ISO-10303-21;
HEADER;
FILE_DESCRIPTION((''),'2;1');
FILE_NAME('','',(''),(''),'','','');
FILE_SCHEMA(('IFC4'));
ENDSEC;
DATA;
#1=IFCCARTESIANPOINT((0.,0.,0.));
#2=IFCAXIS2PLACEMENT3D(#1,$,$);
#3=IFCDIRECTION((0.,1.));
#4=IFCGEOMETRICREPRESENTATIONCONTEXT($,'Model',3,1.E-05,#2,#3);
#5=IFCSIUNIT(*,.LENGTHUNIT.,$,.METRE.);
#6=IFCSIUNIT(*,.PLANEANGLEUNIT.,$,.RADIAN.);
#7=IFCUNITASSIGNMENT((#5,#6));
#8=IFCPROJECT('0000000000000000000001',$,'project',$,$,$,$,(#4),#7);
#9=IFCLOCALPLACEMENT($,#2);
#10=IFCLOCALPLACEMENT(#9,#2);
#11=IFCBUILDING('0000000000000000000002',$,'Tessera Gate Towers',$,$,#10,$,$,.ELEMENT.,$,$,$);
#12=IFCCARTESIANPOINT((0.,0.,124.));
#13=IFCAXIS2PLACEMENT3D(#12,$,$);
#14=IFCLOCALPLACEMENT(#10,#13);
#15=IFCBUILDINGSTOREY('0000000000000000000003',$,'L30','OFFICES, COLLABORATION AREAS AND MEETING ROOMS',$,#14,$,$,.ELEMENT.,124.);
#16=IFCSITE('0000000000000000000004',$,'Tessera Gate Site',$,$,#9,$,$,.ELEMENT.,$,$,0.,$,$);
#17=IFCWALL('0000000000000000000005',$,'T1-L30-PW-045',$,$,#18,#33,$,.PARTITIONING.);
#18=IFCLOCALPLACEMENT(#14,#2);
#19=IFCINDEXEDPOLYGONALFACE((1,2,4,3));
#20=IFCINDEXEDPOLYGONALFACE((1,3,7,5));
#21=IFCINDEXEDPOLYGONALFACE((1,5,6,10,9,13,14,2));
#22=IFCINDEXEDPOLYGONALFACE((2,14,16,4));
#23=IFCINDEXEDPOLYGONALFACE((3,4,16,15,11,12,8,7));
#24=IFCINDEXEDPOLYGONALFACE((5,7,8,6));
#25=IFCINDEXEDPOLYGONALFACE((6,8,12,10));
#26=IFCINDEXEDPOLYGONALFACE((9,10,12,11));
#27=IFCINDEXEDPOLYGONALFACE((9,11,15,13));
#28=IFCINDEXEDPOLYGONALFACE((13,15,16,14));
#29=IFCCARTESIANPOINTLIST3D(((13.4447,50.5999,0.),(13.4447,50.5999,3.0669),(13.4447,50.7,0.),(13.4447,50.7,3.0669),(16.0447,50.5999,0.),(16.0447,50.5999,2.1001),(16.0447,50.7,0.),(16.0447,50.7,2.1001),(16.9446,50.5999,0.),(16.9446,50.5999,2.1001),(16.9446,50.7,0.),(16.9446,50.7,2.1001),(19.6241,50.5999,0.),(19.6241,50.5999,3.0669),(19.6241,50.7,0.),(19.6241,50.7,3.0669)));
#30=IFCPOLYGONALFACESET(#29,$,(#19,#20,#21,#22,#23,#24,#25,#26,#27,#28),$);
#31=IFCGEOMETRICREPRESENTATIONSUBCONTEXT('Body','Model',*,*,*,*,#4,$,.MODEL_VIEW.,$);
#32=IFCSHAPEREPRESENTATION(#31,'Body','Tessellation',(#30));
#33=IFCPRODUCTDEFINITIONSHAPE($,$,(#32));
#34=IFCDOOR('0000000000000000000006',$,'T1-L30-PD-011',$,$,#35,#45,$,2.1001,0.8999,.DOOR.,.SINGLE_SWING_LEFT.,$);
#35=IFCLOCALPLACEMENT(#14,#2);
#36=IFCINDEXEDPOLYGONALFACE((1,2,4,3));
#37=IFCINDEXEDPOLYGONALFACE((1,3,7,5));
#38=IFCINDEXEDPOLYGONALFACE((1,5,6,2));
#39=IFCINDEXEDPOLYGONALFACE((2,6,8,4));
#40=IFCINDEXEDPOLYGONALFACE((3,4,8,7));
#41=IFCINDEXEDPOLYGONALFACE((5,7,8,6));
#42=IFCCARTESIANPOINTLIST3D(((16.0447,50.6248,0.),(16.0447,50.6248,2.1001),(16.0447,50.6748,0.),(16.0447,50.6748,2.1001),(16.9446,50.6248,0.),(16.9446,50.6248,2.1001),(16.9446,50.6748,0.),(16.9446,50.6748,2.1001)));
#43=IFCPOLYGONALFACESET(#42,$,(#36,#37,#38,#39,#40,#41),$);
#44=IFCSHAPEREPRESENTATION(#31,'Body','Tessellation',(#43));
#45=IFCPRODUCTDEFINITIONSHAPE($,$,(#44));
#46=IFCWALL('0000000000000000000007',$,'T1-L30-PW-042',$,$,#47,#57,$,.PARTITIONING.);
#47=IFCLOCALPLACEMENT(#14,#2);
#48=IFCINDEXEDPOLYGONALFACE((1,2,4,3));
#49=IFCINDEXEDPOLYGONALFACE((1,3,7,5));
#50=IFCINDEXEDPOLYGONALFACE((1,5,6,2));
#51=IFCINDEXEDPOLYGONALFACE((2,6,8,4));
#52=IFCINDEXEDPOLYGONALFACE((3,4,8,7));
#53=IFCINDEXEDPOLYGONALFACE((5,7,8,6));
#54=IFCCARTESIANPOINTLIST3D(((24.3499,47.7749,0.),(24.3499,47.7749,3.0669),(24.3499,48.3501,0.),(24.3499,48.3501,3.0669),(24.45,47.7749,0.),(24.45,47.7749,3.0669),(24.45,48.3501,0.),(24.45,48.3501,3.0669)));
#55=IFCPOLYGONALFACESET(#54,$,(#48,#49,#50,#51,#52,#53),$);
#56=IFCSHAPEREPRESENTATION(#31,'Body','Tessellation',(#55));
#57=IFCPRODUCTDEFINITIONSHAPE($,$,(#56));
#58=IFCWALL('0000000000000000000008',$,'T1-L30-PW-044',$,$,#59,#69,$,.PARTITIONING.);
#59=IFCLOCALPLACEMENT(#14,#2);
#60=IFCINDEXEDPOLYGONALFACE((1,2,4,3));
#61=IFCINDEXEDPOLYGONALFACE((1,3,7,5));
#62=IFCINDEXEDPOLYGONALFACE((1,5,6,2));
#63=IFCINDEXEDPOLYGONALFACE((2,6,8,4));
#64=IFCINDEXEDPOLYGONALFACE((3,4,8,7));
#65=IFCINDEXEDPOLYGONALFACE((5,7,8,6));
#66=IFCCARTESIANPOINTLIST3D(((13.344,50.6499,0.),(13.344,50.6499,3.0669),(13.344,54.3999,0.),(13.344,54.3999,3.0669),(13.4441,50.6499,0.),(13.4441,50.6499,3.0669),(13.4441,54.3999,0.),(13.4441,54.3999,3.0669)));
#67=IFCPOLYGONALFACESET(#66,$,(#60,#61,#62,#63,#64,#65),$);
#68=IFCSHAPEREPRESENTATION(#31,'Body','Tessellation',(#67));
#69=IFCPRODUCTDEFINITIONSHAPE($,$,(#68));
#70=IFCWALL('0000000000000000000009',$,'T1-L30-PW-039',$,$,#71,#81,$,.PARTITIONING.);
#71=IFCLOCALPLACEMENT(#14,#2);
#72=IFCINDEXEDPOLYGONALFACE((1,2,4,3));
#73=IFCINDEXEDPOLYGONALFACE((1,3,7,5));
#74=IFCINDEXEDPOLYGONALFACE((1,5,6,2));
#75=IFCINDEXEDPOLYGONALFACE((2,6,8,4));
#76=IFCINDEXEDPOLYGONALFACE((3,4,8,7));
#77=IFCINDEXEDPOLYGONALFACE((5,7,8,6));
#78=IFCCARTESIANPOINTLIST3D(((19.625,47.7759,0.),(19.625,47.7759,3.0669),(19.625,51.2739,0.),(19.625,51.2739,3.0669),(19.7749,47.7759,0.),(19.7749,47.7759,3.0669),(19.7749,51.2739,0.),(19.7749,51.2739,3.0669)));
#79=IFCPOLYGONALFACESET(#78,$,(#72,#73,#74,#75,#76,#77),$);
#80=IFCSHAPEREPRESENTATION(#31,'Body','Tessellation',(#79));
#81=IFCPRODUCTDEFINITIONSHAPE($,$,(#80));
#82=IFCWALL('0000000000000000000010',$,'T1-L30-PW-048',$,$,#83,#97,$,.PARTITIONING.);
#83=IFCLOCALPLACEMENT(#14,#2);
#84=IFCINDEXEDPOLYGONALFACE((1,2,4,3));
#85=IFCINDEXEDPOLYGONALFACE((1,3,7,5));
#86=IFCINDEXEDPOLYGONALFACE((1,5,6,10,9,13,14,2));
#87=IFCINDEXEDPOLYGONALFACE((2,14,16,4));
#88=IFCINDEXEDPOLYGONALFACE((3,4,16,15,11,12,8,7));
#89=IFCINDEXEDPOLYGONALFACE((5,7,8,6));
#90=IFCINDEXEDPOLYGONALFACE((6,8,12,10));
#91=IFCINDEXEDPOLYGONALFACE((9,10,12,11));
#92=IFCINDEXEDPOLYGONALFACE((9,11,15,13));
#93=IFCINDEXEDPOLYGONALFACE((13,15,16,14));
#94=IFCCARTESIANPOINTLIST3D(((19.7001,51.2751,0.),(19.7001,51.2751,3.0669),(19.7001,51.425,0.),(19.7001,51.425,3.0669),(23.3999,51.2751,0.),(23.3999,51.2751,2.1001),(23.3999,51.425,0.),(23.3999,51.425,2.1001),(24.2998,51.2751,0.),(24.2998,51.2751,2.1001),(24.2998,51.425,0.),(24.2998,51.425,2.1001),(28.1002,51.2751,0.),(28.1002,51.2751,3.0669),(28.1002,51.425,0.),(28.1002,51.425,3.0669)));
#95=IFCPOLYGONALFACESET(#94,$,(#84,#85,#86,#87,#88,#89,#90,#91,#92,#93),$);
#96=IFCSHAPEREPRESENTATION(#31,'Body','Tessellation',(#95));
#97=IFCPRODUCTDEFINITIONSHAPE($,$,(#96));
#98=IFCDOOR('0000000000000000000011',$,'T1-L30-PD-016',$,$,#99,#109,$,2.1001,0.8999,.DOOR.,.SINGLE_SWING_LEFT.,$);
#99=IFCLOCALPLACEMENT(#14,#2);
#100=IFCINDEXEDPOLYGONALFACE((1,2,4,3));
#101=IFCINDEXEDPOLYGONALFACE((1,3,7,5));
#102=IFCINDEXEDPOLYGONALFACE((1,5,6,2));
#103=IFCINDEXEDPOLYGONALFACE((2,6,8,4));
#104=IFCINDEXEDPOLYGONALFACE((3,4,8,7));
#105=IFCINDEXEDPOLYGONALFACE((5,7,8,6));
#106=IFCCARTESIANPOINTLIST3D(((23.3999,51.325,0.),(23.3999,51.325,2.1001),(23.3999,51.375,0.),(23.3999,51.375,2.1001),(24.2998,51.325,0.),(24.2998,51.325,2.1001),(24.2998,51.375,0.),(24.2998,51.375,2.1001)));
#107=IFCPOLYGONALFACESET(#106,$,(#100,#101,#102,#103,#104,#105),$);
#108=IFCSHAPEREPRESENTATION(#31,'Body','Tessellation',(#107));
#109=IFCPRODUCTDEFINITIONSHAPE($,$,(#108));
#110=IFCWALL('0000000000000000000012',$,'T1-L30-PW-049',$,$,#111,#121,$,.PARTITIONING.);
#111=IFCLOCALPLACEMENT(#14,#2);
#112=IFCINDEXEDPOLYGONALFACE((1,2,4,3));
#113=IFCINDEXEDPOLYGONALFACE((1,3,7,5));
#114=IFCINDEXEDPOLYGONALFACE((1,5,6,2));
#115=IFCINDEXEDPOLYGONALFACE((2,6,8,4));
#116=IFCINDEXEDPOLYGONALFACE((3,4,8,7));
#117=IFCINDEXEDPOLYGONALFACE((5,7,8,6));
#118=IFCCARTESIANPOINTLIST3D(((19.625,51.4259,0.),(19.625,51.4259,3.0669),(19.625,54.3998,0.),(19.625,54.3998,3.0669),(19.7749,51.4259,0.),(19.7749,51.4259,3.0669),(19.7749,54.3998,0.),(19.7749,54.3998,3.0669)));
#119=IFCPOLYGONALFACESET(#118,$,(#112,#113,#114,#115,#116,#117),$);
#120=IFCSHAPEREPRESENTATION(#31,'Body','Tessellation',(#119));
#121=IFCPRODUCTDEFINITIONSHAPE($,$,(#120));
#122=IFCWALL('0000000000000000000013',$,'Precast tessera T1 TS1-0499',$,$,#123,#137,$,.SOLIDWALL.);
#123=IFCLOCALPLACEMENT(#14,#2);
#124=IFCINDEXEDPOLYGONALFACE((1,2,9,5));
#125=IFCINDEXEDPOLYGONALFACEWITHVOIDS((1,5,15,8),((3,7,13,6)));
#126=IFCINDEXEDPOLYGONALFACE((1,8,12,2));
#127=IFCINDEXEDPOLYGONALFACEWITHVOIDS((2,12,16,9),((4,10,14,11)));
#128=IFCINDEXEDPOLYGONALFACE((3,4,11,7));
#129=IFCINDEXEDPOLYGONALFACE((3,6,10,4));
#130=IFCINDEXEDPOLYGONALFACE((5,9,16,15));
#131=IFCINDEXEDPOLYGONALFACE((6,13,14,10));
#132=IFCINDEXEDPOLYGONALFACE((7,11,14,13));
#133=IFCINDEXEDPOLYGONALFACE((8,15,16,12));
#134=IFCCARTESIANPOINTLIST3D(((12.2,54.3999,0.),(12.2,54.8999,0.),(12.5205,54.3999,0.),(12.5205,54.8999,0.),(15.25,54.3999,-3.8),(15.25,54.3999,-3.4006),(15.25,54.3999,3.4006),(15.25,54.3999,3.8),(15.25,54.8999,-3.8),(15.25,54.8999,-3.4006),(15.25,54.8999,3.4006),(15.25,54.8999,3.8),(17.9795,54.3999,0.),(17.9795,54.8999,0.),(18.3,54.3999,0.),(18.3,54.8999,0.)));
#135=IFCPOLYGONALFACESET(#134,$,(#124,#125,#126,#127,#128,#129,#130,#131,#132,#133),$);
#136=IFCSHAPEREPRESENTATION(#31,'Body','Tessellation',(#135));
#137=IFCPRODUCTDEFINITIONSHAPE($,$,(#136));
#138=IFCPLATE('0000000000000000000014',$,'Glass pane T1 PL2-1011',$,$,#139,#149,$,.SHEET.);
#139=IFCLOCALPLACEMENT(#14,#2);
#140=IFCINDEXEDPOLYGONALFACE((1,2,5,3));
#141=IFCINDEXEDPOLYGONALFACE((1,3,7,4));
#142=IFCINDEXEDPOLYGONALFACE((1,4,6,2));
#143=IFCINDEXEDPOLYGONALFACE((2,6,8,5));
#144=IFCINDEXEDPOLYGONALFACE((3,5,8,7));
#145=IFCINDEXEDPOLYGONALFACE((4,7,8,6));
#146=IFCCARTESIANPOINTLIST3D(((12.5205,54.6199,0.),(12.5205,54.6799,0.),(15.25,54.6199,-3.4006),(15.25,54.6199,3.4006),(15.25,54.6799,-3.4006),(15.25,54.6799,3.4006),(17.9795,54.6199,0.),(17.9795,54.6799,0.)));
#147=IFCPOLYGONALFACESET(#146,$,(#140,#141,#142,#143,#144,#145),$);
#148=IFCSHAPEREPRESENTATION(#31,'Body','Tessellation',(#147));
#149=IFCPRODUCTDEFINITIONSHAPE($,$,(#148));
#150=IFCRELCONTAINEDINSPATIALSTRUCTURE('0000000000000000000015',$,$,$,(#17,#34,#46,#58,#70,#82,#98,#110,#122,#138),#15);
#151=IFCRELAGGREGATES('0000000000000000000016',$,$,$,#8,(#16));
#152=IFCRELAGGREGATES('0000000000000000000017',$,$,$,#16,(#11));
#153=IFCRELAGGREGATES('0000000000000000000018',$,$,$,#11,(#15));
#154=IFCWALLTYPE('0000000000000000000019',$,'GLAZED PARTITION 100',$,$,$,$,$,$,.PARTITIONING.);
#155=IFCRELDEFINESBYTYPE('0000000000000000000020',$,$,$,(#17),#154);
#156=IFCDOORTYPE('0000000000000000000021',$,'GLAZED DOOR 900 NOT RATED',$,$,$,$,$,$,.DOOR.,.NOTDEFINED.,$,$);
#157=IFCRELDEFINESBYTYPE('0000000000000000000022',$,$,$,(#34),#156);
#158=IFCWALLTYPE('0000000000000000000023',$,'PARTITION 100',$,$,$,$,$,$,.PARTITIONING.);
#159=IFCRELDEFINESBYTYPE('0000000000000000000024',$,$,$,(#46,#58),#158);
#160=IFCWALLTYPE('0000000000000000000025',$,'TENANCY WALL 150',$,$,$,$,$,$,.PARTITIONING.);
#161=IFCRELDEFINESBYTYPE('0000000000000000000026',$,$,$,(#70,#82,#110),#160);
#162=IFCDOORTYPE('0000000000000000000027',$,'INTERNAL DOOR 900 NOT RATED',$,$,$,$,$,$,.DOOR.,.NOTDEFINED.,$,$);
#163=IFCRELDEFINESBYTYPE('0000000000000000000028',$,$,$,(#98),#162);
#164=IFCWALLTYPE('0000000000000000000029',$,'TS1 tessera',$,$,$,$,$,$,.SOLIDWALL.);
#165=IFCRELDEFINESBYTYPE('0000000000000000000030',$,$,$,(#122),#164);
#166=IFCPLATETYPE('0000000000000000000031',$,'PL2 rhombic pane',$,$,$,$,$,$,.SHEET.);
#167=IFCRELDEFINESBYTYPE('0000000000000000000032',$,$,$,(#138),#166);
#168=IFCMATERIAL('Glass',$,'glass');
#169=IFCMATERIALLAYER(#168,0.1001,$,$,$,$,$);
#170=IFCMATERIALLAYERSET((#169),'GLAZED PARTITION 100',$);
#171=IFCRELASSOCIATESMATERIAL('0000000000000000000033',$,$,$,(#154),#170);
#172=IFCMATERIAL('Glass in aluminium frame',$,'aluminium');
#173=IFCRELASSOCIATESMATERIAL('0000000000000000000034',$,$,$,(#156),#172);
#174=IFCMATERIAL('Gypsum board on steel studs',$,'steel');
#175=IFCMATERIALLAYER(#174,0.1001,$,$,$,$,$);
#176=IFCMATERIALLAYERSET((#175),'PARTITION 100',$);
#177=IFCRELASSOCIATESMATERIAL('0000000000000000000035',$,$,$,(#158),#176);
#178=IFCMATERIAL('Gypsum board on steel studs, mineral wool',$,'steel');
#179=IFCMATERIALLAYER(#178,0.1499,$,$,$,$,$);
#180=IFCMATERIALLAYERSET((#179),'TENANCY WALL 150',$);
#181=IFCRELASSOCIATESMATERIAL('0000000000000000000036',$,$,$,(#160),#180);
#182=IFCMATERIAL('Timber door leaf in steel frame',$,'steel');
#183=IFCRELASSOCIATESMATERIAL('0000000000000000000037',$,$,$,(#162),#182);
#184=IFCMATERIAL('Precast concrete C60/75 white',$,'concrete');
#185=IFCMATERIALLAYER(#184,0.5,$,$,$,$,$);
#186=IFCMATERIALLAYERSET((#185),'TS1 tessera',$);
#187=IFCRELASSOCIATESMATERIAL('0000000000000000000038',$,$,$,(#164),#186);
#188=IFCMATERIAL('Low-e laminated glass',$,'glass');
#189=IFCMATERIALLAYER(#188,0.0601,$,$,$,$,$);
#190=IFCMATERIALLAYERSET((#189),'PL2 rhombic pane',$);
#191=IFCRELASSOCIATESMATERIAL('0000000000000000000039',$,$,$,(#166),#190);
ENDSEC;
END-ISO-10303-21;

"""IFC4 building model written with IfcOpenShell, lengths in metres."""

from ifc_helpers import new_model, si_unit, direction, frame, frame_2d, origin, place, context, subcontext, project, spatial, polyline, rectangle, outline, extrude, source, transform, mapped, material, layer, layer_set, type_object, element, fill, save


model = new_model("IFC4")

# Units and contexts
model_context = context("Model", 3, precision=1e-05, world=origin(), true_north=direction((0.0, 1.0)))
body_context = subcontext(model_context, "Body", "Model", "MODEL_VIEW")
ifc_project = project(units=[si_unit("LENGTHUNIT", "METRE"), si_unit("PLANEANGLEUNIT", "RADIAN")], contexts=[model_context])

# Site, building, storey
site_placement = place(None, origin())
site = spatial("IfcSite", under=ifc_project, at=site_placement, Name="Tessera Gate Site", CompositionType="ELEMENT", RefElevation=0.0)
building_placement = place(site_placement, origin())
building = spatial("IfcBuilding", under=site, at=building_placement, Name="Tessera Gate Towers", CompositionType="ELEMENT")
storey_placement = place(building_placement, frame((0.0, 0.0, 124.0)))
storey = spatial("IfcBuildingStorey", under=building, at=storey_placement, Name="L30", Description="OFFICES, COLLABORATION AREAS AND MEETING ROOMS", CompositionType="ELEMENT", Elevation=124.0)

# Wall, opening, door
ifc_material_1 = material(Name="Glass", Category="glass")
ifc_layer_1 = layer(ifc_material_1, 0.1001)
ifc_layer_set_1 = layer_set([ifc_layer_1], Name="GLAZED PARTITION 100")
wall_type_1 = type_object("IfcWallType", Name="GLAZED PARTITION 100", PredefinedType="PARTITIONING", material=ifc_layer_set_1)
shared_shape_1 = source(origin(), body_context, "Body", "SweptSolid", [
    extrude(rectangle(XDim=0.8999, YDim=2.1001, at=frame_2d((0.45, 1.05))), frame((0.0, 0.0601, 0.0), z_axis=(0.0, -1.0, 0.0), x_axis=(1.0, 0.0, 0.0)), (0.0, 0.0, 1.0), 0.1201),
])
ifc_material_2 = material(Name="Glass in aluminium frame", Category="aluminium")
door_type_1 = type_object("IfcDoorType", Name="GLAZED DOOR 900 NOT RATED", OperationType="NOTDEFINED", PredefinedType="DOOR", material=ifc_material_2)
shared_shape_2 = source(origin(), body_context, "Body", "SweptSolid", [
    extrude(rectangle(XDim=0.8999, YDim=2.1001, at=frame_2d((0.45, 1.05))), frame((0.0, 0.0249, 0.0), z_axis=(0.0, -1.0, 0.0), x_axis=(1.0, 0.0, 0.0)), (0.0, 0.0, 1.0), 0.05),
])
wall_1_placement = place(storey_placement, frame((13.4446, 50.6499, 0.0), z_axis=(0.0, 0.0, 1.0), x_axis=(1.0, 0.0, 0.0)))
wall_1 = element("IfcWall", 1, at=wall_1_placement, inside=storey, type_object=wall_type_1, Name="T1-L30-PW-045", PredefinedType="PARTITIONING", context=body_context, shape_type="SweptSolid", body=[
    extrude(rectangle(XDim=6.1794, YDim=0.1001, at=frame_2d((3.0898, 0.0))), origin(), (0.0, 0.0, 1.0), 3.0669),
])
opening_1_placement = place(wall_1_placement, frame((2.6001, 0.0, 0.0)))
opening_1 = element("IfcOpeningElement", 2, at=opening_1_placement, cuts=wall_1, PredefinedType="OPENING", context=body_context, shape_type="MappedRepresentation", body=[
    mapped(shared_shape_1, transform((0.0, 0.0, 0.0), scale=1.0)),
])
door_1_placement = place(opening_1_placement, origin())
door_1 = element("IfcDoor", 3, at=door_1_placement, inside=storey, type_object=door_type_1, Name="T1-L30-PD-011", OperationType="SINGLE_SWING_LEFT", OverallHeight=2.1001, OverallWidth=0.8999, PredefinedType="DOOR", context=body_context, shape_type="MappedRepresentation", body=[
    mapped(shared_shape_2, transform((0.0, 0.0, 0.0), scale=1.0)),
])
fill(opening_1, door_1)

# Walls
ifc_material_3 = material(Name="Gypsum board on steel studs", Category="steel")
ifc_layer_2 = layer(ifc_material_3, 0.1001)
ifc_layer_set_2 = layer_set([ifc_layer_2], Name="PARTITION 100")
wall_type_2 = type_object("IfcWallType", Name="PARTITION 100", PredefinedType="PARTITIONING", material=ifc_layer_set_2)
wall_2_placement = place(storey_placement, frame((24.3999, 48.3501, 0.0), z_axis=(0.0, 0.0, 1.0), x_axis=(0.0, -1.0, 0.0)))
element("IfcWall", 4, at=wall_2_placement, inside=storey, type_object=wall_type_2, Name="T1-L30-PW-042", PredefinedType="PARTITIONING", context=body_context, shape_type="SweptSolid", body=[
    extrude(rectangle(XDim=0.5752, YDim=0.1001, at=frame_2d((0.2876, 0.0))), origin(), (0.0, 0.0, 1.0), 3.0669),
])
wall_3_placement = place(storey_placement, frame((13.394, 50.6499, 0.0), z_axis=(0.0, 0.0, 1.0), x_axis=(0.0, 1.0, 0.0)))
element("IfcWall", 5, at=wall_3_placement, inside=storey, type_object=wall_type_2, Name="T1-L30-PW-044", PredefinedType="PARTITIONING", context=body_context, shape_type="SweptSolid", body=[
    extrude(rectangle(XDim=3.75, YDim=0.1001, at=frame_2d((1.875, 0.0))), origin(), (0.0, 0.0, 1.0), 3.0669),
])
ifc_material_4 = material(Name="Gypsum board on steel studs, mineral wool", Category="steel")
ifc_layer_3 = layer(ifc_material_4, 0.1499)
ifc_layer_set_3 = layer_set([ifc_layer_3], Name="TENANCY WALL 150")
wall_type_3 = type_object("IfcWallType", Name="TENANCY WALL 150", PredefinedType="PARTITIONING", material=ifc_layer_set_3)
wall_4_placement = place(storey_placement, frame((19.7, 47.7759, 0.0), z_axis=(0.0, 0.0, 1.0), x_axis=(0.0, 1.0, 0.0)))
element("IfcWall", 6, at=wall_4_placement, inside=storey, type_object=wall_type_3, Name="T1-L30-PW-039", PredefinedType="PARTITIONING", context=body_context, shape_type="SweptSolid", body=[
    extrude(rectangle(XDim=3.498, YDim=0.1499, at=frame_2d((1.749, 0.0))), origin(), (0.0, 0.0, 1.0), 3.0669),
])

# Wall, opening, door
wall_5_placement = place(storey_placement, frame((19.7, 51.3501, 0.0), z_axis=(0.0, 0.0, 1.0), x_axis=(1.0, 0.0, 0.0)))
wall_5 = element("IfcWall", 7, at=wall_5_placement, inside=storey, type_object=wall_type_3, Name="T1-L30-PW-048", PredefinedType="PARTITIONING", context=body_context, shape_type="SweptSolid", body=[
    extrude(rectangle(XDim=8.4001, YDim=0.1499, at=frame_2d((4.2002, 0.0))), origin(), (0.0, 0.0, 1.0), 3.0669),
])
shared_shape_3 = source(origin(), body_context, "Body", "SweptSolid", [
    extrude(rectangle(XDim=0.8999, YDim=2.1001, at=frame_2d((0.45, 1.05))), frame((0.0, 0.085, 0.0), z_axis=(0.0, -1.0, 0.0), x_axis=(1.0, 0.0, 0.0)), (0.0, 0.0, 1.0), 0.1699),
])
opening_2_placement = place(wall_5_placement, frame((3.7, 0.0, 0.0)))
opening_2 = element("IfcOpeningElement", 8, at=opening_2_placement, cuts=wall_5, PredefinedType="OPENING", context=body_context, shape_type="MappedRepresentation", body=[
    mapped(shared_shape_3, transform((0.0, 0.0, 0.0), scale=1.0)),
])
ifc_material_5 = material(Name="Timber door leaf in steel frame", Category="steel")
door_type_2 = type_object("IfcDoorType", Name="INTERNAL DOOR 900 NOT RATED", OperationType="NOTDEFINED", PredefinedType="DOOR", material=ifc_material_5)
door_2_placement = place(opening_2_placement, origin())
door_2 = element("IfcDoor", 9, at=door_2_placement, inside=storey, type_object=door_type_2, Name="T1-L30-PD-016", OperationType="SINGLE_SWING_LEFT", OverallHeight=2.1001, OverallWidth=0.8999, PredefinedType="DOOR", context=body_context, shape_type="MappedRepresentation", body=[
    mapped(shared_shape_2, transform((0.0, 0.0, 0.0), scale=1.0)),
])
fill(opening_2, door_2)

# Wall
wall_6_placement = place(storey_placement, frame((19.7, 51.426, 0.0), z_axis=(0.0, 0.0, 1.0), x_axis=(0.0, 1.0, 0.0)))
element("IfcWall", 10, at=wall_6_placement, inside=storey, type_object=wall_type_3, Name="T1-L30-PW-049", PredefinedType="PARTITIONING", context=body_context, shape_type="SweptSolid", body=[
    extrude(rectangle(XDim=2.9739, YDim=0.1499, at=frame_2d((1.4868, 0.0))), origin(), (0.0, 0.0, 1.0), 3.0669),
])

# Wall, opening, plate
ifc_material_6 = material(Name="Precast concrete C60/75 white", Category="concrete")
ifc_layer_4 = layer(ifc_material_6, 0.5)
ifc_layer_set_4 = layer_set([ifc_layer_4], Name="TS1 tessera")
wall_type_4 = type_object("IfcWallType", Name="TS1 tessera", PredefinedType="SOLIDWALL", material=ifc_layer_set_4)
shared_shape_4 = source(origin(), body_context, "Body", "SweptSolid", [
    extrude(outline(polyline([(3.05, 0.0), (6.1001, 3.8), (3.05, 7.6001), (0.0, 3.8), (3.05, 0.0)])), frame((0.0, 0.25, 0.0), z_axis=(0.0, -1.0, 0.0), x_axis=(1.0, 0.0, 0.0)), (0.0, 0.0, 1.0), 0.5),
])
wall_7_placement = place(storey_placement, frame((18.3, 54.6499, -3.8), z_axis=(0.0, 0.0, 1.0), x_axis=(-1.0, 0.0, 0.0)))
wall_7 = element("IfcWall", 11, at=wall_7_placement, inside=storey, type_object=wall_type_4, Name="Precast tessera T1 TS1-0499", PredefinedType="SOLIDWALL", context=body_context, shape_type="MappedRepresentation", body=[
    mapped(shared_shape_4, transform((0.0, 0.0, 0.0), scale=1.0)),
])
shared_shape_5 = source(origin(), body_context, "Body", "SweptSolid", [
    extrude(outline(polyline([(3.05, 0.3994), (5.7795, 3.8), (3.05, 7.2007), (0.3206, 3.8), (3.05, 0.3994)])), frame((0.0, 0.26, 0.0), z_axis=(0.0, -1.0, 0.0), x_axis=(1.0, 0.0, 0.0)), (0.0, 0.0, 1.0), 0.52),
])
opening_3_placement = place(wall_7_placement, origin())
opening_3 = element("IfcOpeningElement", 12, at=opening_3_placement, cuts=wall_7, PredefinedType="OPENING", context=body_context, shape_type="MappedRepresentation", body=[
    mapped(shared_shape_5, transform((0.0, 0.0, 0.0), scale=1.0)),
])
ifc_material_7 = material(Name="Low-e laminated glass", Category="glass")
ifc_layer_5 = layer(ifc_material_7, 0.0601)
ifc_layer_set_5 = layer_set([ifc_layer_5], Name="PL2 rhombic pane")
plate_type = type_object("IfcPlateType", Name="PL2 rhombic pane", PredefinedType="SHEET", material=ifc_layer_set_5)
shared_shape_6 = source(origin(), body_context, "Body", "SweptSolid", [
    extrude(outline(polyline([(3.05, 0.3994), (5.7795, 3.8), (3.05, 7.2007), (0.3206, 3.8), (3.05, 0.3994)])), frame((0.0, 0.03, 0.0), z_axis=(0.0, -1.0, 0.0), x_axis=(1.0, 0.0, 0.0)), (0.0, 0.0, 1.0), 0.0601),
])
plate_placement = place(opening_3_placement, origin())
plate = element("IfcPlate", 13, at=plate_placement, inside=storey, type_object=plate_type, Name="Glass pane T1 PL2-1011", PredefinedType="SHEET", context=body_context, shape_type="MappedRepresentation", body=[
    mapped(shared_shape_6, transform((0.0, 0.0, 0.0), scale=1.0)),
])
fill(opening_3, plate)

save(model, "model.ifc")
